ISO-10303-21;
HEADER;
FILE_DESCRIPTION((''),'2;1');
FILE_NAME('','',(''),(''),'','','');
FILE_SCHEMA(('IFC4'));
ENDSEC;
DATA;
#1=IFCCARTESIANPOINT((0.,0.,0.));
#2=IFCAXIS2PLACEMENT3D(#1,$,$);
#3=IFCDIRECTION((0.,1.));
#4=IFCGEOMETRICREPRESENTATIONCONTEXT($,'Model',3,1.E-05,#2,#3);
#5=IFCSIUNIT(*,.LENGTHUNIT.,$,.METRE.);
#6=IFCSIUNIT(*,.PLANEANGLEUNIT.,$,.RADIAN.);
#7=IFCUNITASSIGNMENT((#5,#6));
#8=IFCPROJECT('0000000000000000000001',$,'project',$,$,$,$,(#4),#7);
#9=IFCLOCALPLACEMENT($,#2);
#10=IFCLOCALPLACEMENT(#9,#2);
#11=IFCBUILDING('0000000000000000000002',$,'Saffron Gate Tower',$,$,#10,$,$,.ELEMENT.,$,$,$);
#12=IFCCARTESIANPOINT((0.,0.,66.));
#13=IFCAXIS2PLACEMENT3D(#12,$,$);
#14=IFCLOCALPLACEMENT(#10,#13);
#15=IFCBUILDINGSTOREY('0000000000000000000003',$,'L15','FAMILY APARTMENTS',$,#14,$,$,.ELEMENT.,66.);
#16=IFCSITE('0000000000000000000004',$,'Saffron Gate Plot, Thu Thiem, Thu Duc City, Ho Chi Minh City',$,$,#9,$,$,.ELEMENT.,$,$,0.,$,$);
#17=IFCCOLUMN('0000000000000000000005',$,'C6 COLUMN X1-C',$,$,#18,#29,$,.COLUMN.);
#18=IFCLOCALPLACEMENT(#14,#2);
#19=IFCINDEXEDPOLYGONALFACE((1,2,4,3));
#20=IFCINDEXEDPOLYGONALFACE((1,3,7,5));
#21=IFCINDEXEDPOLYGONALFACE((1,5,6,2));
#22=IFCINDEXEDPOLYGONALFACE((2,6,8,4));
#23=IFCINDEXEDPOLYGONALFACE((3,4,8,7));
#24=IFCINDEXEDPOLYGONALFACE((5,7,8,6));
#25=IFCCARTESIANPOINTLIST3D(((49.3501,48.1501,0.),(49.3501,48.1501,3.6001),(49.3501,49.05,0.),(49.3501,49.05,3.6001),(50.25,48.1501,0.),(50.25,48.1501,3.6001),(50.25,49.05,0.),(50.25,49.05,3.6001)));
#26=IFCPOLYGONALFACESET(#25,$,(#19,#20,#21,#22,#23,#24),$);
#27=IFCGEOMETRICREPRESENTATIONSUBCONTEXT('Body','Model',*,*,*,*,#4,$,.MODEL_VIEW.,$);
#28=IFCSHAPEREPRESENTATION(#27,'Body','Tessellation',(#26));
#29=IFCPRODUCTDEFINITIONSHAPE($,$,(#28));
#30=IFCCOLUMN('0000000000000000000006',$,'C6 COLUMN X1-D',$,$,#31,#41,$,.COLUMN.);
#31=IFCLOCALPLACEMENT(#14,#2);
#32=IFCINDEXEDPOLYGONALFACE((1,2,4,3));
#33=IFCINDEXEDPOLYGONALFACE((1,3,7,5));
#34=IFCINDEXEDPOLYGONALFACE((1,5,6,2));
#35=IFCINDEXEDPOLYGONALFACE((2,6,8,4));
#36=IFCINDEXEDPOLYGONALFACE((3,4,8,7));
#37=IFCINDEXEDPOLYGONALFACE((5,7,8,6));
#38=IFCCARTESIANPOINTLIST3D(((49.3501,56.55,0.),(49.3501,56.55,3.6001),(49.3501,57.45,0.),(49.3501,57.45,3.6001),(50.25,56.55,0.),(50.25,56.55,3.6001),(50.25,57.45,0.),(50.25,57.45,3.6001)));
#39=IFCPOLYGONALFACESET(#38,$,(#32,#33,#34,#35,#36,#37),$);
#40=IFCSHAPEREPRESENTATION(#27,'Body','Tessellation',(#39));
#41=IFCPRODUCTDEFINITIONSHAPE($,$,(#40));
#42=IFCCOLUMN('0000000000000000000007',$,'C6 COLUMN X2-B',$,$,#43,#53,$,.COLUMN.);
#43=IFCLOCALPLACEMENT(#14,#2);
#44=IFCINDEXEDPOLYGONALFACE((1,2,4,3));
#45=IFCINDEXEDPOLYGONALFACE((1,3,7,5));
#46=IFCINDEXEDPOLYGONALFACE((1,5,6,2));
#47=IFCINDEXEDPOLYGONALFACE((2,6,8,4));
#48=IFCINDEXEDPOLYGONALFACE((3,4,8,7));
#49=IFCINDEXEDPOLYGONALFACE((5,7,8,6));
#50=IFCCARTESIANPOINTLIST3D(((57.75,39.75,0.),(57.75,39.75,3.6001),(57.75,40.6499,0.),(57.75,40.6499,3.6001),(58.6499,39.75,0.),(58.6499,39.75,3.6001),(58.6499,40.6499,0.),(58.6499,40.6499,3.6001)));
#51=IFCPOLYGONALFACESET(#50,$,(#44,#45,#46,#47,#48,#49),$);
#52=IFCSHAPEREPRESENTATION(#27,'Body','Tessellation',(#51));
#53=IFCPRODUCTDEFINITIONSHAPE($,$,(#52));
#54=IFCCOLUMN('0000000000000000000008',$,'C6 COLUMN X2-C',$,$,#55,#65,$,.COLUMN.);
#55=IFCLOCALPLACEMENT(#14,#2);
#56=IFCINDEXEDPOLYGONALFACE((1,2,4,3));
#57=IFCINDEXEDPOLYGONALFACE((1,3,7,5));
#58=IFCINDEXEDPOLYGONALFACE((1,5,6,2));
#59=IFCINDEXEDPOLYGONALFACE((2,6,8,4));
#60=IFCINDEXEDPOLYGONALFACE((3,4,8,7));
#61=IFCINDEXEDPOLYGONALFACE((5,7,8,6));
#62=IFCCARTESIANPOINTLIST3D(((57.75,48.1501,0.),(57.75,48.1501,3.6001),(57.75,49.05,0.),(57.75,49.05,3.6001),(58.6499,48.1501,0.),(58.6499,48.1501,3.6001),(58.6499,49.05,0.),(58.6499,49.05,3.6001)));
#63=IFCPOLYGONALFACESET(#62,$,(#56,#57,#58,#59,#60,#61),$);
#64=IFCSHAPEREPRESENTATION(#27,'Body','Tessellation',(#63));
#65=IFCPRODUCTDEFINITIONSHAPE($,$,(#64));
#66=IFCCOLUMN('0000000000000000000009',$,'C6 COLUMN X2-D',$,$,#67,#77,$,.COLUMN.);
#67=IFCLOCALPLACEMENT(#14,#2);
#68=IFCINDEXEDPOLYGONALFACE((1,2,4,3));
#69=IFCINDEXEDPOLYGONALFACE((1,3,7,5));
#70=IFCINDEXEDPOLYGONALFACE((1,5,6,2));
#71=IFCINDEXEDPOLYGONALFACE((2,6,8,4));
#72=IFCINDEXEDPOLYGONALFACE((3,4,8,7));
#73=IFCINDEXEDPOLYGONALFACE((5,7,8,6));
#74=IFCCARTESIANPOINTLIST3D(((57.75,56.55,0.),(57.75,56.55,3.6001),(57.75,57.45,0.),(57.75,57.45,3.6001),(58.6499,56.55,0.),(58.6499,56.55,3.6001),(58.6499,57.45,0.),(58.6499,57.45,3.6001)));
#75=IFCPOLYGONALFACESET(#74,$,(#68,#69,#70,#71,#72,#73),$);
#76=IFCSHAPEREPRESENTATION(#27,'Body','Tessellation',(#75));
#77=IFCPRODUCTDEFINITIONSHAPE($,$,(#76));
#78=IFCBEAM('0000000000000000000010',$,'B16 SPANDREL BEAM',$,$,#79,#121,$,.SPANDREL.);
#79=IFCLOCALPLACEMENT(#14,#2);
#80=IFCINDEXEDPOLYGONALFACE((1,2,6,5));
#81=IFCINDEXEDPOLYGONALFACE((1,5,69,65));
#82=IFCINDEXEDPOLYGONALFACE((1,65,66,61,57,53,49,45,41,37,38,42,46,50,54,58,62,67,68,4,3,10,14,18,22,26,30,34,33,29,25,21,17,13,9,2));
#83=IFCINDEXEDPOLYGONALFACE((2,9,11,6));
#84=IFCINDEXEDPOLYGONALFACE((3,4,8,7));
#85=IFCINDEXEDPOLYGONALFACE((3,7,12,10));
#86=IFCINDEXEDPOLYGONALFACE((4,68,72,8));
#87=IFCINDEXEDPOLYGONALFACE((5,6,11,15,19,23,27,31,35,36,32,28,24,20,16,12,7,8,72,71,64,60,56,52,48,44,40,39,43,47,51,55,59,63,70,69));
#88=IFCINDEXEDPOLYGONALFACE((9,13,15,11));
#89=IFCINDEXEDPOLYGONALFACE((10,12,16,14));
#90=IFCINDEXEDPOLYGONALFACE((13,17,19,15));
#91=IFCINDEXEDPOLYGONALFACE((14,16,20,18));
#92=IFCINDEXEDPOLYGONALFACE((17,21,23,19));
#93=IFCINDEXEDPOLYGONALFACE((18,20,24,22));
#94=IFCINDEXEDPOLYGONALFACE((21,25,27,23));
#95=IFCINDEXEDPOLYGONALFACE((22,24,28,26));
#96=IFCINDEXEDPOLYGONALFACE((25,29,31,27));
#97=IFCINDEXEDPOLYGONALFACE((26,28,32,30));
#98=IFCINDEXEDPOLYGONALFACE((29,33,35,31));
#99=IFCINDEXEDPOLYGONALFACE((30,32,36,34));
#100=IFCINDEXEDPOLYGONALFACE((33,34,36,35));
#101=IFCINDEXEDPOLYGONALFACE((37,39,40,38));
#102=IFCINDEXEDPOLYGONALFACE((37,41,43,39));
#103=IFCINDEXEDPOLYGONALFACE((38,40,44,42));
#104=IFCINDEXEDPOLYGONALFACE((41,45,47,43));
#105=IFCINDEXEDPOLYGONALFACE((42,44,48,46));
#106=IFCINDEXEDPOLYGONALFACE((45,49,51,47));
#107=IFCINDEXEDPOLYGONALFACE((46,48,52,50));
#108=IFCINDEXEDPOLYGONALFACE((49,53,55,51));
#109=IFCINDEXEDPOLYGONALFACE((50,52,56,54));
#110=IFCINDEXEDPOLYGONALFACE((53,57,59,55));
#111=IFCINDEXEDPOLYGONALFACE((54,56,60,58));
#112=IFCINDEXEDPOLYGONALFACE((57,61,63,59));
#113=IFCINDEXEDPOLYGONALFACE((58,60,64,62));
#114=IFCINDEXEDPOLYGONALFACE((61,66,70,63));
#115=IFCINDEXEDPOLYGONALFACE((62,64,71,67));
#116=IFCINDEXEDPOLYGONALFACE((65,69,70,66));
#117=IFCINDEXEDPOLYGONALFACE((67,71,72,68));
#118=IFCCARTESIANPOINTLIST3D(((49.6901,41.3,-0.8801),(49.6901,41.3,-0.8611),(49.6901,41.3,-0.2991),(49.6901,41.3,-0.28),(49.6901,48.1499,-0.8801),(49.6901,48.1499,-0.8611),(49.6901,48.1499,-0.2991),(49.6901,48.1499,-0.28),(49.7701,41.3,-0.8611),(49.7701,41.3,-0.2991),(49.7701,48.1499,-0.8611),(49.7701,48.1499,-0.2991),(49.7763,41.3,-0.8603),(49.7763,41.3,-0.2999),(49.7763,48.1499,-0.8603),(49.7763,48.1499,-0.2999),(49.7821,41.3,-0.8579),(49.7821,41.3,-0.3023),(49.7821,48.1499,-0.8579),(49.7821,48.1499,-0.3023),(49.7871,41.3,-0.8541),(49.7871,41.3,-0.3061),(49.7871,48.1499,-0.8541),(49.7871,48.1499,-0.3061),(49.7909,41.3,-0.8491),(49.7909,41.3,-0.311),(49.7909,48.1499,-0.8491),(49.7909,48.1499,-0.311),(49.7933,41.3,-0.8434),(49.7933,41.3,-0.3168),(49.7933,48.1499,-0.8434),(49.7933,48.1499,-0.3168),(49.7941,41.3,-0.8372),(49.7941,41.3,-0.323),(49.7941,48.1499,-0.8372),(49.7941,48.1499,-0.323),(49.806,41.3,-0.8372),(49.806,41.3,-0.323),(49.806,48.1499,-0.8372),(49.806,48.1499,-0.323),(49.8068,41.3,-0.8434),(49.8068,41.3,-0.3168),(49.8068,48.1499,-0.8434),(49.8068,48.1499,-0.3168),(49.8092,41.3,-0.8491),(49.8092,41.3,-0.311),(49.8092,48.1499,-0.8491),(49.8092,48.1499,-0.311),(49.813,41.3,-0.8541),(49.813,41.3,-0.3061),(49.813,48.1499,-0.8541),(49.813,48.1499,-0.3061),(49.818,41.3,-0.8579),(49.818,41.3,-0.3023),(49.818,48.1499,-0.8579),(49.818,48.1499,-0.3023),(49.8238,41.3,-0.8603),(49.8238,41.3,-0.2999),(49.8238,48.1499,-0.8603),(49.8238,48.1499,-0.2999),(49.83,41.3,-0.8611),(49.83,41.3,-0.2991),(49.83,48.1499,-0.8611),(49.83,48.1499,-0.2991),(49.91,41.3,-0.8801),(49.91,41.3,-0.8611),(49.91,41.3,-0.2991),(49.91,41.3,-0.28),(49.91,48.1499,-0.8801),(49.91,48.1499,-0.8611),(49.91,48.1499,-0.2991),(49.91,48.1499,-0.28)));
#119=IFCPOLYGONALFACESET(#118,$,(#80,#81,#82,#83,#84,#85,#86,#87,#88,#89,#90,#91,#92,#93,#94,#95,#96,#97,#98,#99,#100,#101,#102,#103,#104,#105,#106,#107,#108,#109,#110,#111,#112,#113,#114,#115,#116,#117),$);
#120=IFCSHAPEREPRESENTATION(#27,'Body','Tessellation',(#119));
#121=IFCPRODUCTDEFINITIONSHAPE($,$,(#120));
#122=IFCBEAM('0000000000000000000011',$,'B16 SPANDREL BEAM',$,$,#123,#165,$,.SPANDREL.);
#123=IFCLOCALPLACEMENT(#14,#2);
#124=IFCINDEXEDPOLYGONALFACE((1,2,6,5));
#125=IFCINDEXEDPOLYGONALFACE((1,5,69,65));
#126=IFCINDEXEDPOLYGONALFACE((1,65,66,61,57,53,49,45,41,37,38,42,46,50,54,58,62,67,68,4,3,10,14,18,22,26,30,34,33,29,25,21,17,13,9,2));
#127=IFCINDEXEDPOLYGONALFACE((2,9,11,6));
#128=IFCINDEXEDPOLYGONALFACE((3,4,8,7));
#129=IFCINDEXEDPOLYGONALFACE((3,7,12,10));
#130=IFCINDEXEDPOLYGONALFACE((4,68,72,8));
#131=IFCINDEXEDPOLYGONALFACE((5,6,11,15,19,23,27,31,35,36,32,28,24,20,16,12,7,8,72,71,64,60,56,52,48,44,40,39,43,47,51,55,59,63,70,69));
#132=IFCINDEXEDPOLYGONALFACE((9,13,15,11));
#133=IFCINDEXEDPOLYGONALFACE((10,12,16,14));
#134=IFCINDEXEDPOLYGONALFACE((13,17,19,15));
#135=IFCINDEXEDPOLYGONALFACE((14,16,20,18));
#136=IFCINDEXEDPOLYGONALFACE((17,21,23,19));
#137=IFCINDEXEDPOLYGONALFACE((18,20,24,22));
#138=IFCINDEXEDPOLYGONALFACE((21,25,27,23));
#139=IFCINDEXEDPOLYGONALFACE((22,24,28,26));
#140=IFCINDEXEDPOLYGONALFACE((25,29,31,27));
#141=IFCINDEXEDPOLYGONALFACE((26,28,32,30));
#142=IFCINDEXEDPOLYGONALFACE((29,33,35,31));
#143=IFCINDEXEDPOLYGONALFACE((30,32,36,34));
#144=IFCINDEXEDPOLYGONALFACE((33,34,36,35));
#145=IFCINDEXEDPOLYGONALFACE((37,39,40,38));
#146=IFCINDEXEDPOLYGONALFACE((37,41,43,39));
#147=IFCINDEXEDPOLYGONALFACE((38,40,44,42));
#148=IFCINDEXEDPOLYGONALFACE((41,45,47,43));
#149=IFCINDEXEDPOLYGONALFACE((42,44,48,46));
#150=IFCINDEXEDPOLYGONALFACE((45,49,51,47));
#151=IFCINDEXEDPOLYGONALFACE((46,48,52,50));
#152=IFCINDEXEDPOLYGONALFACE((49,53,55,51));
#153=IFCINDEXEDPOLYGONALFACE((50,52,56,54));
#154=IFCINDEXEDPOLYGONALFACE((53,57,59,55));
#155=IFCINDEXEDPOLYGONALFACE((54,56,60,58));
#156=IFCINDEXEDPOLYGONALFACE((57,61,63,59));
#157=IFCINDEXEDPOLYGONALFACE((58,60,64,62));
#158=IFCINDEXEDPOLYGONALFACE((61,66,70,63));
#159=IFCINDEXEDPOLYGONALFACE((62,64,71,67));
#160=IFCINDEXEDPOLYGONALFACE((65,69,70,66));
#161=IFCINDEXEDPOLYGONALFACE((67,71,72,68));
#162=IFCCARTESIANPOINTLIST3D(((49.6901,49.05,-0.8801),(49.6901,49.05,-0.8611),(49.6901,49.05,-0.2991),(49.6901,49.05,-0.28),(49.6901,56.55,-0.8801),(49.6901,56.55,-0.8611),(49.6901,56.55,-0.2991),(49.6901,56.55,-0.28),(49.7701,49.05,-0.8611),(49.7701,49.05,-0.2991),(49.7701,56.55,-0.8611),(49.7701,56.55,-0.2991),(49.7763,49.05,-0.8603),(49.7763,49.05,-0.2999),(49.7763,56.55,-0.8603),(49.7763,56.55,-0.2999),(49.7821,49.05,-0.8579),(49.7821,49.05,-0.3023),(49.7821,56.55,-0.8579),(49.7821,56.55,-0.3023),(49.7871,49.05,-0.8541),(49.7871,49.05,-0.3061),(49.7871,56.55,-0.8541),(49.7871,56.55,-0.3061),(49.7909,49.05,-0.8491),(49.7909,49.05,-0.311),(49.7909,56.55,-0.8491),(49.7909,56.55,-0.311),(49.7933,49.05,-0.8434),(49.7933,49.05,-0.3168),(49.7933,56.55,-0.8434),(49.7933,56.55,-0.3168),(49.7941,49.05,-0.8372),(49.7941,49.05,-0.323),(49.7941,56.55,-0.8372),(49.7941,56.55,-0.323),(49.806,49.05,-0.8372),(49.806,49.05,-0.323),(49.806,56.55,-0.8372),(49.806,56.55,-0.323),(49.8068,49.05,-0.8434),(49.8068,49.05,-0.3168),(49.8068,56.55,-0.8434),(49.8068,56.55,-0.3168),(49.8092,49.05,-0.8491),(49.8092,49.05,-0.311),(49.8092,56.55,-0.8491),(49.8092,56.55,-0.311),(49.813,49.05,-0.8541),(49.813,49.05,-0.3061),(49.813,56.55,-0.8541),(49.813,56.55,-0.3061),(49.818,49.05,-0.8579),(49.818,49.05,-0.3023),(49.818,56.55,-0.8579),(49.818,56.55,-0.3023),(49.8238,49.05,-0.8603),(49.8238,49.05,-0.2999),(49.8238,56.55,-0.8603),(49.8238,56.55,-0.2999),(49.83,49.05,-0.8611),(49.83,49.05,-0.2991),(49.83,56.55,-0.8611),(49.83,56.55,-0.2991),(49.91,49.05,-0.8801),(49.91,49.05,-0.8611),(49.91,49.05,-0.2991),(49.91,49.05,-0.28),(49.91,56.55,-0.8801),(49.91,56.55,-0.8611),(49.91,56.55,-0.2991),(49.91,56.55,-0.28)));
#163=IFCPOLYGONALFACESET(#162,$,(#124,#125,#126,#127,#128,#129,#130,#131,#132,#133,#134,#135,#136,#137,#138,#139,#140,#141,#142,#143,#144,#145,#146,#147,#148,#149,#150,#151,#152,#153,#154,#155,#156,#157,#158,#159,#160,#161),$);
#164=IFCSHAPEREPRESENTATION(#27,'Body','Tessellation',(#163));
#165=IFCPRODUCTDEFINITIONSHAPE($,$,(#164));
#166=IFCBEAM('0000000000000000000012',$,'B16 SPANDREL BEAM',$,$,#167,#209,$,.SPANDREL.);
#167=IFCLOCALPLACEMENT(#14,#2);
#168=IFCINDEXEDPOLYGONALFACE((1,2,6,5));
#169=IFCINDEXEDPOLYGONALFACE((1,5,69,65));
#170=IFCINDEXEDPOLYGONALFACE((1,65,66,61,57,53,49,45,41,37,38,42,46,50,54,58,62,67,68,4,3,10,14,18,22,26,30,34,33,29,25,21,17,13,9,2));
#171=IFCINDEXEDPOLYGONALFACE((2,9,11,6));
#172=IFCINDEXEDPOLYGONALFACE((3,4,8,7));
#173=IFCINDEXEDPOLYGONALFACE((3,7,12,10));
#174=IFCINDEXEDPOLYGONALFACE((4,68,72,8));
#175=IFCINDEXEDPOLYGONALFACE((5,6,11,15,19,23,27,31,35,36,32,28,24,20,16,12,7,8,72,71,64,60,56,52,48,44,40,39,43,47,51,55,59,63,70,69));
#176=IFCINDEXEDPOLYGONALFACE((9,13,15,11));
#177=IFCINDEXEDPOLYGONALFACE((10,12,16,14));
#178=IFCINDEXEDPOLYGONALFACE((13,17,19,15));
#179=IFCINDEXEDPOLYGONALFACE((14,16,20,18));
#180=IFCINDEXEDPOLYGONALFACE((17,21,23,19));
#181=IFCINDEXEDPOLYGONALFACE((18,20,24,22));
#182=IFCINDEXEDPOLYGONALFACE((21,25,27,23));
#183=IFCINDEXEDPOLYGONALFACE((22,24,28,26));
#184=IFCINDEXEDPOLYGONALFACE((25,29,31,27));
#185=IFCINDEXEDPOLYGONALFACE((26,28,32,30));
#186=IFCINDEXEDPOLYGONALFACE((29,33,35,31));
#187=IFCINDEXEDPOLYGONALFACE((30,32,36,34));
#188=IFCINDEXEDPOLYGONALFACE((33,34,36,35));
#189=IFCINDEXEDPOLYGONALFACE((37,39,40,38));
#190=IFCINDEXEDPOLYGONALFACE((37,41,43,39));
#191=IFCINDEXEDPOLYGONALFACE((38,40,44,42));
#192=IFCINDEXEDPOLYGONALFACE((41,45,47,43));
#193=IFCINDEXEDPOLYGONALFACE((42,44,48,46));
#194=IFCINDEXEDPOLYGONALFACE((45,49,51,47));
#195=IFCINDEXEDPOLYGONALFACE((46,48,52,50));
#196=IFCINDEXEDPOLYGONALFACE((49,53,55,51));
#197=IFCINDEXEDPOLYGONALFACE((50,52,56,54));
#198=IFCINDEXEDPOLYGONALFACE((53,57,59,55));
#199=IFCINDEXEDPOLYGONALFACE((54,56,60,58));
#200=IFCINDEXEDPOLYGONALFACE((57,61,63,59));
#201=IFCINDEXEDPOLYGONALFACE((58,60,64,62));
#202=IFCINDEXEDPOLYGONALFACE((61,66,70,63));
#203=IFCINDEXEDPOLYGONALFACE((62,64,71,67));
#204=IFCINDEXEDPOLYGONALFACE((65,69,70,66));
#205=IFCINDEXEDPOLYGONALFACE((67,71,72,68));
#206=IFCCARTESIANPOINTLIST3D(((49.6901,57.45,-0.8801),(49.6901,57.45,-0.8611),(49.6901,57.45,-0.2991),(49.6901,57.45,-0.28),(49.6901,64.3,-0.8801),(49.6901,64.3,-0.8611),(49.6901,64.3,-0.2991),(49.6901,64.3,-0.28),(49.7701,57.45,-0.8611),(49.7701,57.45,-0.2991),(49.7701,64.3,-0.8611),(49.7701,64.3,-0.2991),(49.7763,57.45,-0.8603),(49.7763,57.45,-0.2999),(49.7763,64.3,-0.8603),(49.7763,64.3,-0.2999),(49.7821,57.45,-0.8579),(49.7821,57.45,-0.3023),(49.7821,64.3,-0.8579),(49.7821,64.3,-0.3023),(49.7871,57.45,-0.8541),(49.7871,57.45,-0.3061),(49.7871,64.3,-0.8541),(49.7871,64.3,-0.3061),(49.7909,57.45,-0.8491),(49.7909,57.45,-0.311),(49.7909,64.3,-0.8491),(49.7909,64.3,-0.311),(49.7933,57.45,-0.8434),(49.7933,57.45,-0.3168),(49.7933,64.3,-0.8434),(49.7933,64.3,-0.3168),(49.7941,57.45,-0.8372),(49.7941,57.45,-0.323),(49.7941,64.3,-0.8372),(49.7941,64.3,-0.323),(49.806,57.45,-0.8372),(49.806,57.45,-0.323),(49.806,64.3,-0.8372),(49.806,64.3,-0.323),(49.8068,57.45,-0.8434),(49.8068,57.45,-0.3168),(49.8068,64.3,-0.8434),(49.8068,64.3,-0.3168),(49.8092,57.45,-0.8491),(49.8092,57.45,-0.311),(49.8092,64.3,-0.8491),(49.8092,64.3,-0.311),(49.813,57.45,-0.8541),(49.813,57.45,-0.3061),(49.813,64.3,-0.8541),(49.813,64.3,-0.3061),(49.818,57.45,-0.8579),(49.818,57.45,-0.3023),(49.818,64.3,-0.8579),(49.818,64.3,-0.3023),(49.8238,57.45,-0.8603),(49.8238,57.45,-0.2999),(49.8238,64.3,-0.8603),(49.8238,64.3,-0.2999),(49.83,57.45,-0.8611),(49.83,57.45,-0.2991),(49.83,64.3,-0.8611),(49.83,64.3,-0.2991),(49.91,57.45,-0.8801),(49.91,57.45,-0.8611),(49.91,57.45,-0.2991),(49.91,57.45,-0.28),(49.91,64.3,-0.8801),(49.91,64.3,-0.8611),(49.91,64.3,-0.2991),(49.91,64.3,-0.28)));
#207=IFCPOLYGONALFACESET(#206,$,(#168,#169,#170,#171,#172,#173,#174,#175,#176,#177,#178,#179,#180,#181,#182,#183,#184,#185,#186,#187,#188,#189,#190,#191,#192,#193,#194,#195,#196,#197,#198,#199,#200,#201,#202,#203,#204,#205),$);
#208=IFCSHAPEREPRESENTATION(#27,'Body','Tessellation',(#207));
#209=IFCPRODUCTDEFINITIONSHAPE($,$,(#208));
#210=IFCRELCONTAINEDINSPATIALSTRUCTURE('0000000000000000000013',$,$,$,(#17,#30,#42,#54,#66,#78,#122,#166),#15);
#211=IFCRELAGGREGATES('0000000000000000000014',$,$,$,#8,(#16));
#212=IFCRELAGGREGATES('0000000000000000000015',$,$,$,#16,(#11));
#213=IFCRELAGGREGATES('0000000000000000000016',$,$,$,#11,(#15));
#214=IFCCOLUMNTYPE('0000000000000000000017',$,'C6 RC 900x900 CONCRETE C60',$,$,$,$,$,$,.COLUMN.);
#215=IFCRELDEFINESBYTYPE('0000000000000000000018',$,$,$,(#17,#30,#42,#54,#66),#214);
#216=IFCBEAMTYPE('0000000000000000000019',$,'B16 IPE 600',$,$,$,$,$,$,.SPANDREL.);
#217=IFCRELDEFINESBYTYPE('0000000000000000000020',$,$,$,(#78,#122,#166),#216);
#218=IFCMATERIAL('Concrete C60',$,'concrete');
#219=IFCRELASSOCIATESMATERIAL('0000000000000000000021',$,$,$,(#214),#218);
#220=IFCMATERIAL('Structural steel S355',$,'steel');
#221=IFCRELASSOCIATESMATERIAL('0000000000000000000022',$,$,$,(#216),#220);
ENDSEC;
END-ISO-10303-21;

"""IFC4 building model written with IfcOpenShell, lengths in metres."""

from ifc_helpers import new_model, si_unit, direction, frame, origin, origin_2d, place, context, subcontext, project, spatial, rectangle, i_section, extrude, material, material_profile, profile_set, type_object, element, save


model = new_model("IFC4")

# Units and contexts
model_context = context("Model", 3, precision=1e-05, world=origin(), true_north=direction((0.0, 1.0)))
body_context = subcontext(model_context, "Body", "Model", "MODEL_VIEW")
ifc_project = project(units=[si_unit("LENGTHUNIT", "METRE"), si_unit("PLANEANGLEUNIT", "RADIAN")], contexts=[model_context])

# Site, building, storey
site_placement = place(None, origin())
site = spatial("IfcSite", under=ifc_project, at=site_placement, Name="Saffron Gate Plot, Thu Thiem, Thu Duc City, Ho Chi Minh City", CompositionType="ELEMENT", RefElevation=0.0)
building_placement = place(site_placement, origin())
building = spatial("IfcBuilding", under=site, at=building_placement, Name="Saffron Gate Tower", CompositionType="ELEMENT")
storey_placement = place(building_placement, frame((0.0, 0.0, 66.0)))
storey = spatial("IfcBuildingStorey", under=building, at=storey_placement, Name="L15", Description="FAMILY APARTMENTS", CompositionType="ELEMENT", Elevation=66.0)

# Columns
ifc_material_1 = material(Name="Concrete C60", Category="concrete")
ifc_material_profile_1 = material_profile(ifc_material_1, rectangle(XDim=0.8999, YDim=0.8999, at=origin_2d()))
ifc_profile_set_1 = profile_set([ifc_material_profile_1], Name="Concrete C60")
column_type = type_object("IfcColumnType", Name="C6 RC 900x900 CONCRETE C60", PredefinedType="COLUMN", material=ifc_profile_set_1)
for number, where, z_axis, x_axis, name in (
    (1, (49.8, 48.6001, 0.0), (0.0, 0.0, 1.0), (1.0, 0.0, 0.0), "C6 COLUMN X1-C"),
    (2, (49.8, 57.0, 0.0), (0.0, 0.0, 1.0), (1.0, 0.0, 0.0), "C6 COLUMN X1-D"),
    (3, (58.2, 40.2, 0.0), (0.0, 0.0, 1.0), (1.0, 0.0, 0.0), "C6 COLUMN X2-B"),
    (4, (58.2, 48.6001, 0.0), (0.0, 0.0, 1.0), (1.0, 0.0, 0.0), "C6 COLUMN X2-C"),
    (5, (58.2, 57.0, 0.0), (0.0, 0.0, 1.0), (1.0, 0.0, 0.0), "C6 COLUMN X2-D"),
):
    element("IfcColumn", number, at=place(storey_placement, frame(where, z_axis=z_axis, x_axis=x_axis)), inside=storey, type_object=column_type, Name=name, PredefinedType="COLUMN", context=body_context, shape_type="SweptSolid", body=[
        extrude(rectangle(XDim=0.8999, YDim=0.8999, at=origin_2d()), origin(), (0.0, 0.0, 1.0), 3.6001),
    ])

# Beams
ifc_material_2 = material(Name="Structural steel S355", Category="steel")
ifc_material_profile_2 = material_profile(ifc_material_2, i_section(OverallWidth=0.22, OverallDepth=0.6001, WebThickness=0.012, FlangeThickness=0.019, FilletRadius=0.0239, at=origin_2d()))
ifc_profile_set_2 = profile_set([ifc_material_profile_2], Name="Structural steel S355")
beam_type = type_object("IfcBeamType", Name="B16 IPE 600", PredefinedType="SPANDREL", material=ifc_profile_set_2)
beam_1_placement = place(storey_placement, frame((49.8, 41.3, -0.5801), z_axis=(0.0, 1.0, 0.0), x_axis=(-1.0, 0.0, 0.0)))
element("IfcBeam", 6, at=beam_1_placement, inside=storey, type_object=beam_type, Name="B16 SPANDREL BEAM", PredefinedType="SPANDREL", context=body_context, shape_type="SweptSolid", body=[
    extrude(i_section(OverallWidth=0.22, OverallDepth=0.6001, WebThickness=0.012, FlangeThickness=0.019, FilletRadius=0.0239, at=origin_2d()), origin(), (0.0, 0.0, 1.0), 6.8499),
])
beam_2_placement = place(storey_placement, frame((49.8, 49.05, -0.5801), z_axis=(0.0, 1.0, 0.0), x_axis=(-1.0, 0.0, 0.0)))
element("IfcBeam", 7, at=beam_2_placement, inside=storey, type_object=beam_type, Name="B16 SPANDREL BEAM", PredefinedType="SPANDREL", context=body_context, shape_type="SweptSolid", body=[
    extrude(i_section(OverallWidth=0.22, OverallDepth=0.6001, WebThickness=0.012, FlangeThickness=0.019, FilletRadius=0.0239, at=origin_2d()), origin(), (0.0, 0.0, 1.0), 7.5),
])
beam_3_placement = place(storey_placement, frame((49.8, 57.45, -0.5801), z_axis=(0.0, 1.0, 0.0), x_axis=(-1.0, 0.0, 0.0)))
element("IfcBeam", 8, at=beam_3_placement, inside=storey, type_object=beam_type, Name="B16 SPANDREL BEAM", PredefinedType="SPANDREL", context=body_context, shape_type="SweptSolid", body=[
    extrude(i_section(OverallWidth=0.22, OverallDepth=0.6001, WebThickness=0.012, FlangeThickness=0.019, FilletRadius=0.0239, at=origin_2d()), origin(), (0.0, 0.0, 1.0), 6.8501),
])

save(model, "model.ifc")
